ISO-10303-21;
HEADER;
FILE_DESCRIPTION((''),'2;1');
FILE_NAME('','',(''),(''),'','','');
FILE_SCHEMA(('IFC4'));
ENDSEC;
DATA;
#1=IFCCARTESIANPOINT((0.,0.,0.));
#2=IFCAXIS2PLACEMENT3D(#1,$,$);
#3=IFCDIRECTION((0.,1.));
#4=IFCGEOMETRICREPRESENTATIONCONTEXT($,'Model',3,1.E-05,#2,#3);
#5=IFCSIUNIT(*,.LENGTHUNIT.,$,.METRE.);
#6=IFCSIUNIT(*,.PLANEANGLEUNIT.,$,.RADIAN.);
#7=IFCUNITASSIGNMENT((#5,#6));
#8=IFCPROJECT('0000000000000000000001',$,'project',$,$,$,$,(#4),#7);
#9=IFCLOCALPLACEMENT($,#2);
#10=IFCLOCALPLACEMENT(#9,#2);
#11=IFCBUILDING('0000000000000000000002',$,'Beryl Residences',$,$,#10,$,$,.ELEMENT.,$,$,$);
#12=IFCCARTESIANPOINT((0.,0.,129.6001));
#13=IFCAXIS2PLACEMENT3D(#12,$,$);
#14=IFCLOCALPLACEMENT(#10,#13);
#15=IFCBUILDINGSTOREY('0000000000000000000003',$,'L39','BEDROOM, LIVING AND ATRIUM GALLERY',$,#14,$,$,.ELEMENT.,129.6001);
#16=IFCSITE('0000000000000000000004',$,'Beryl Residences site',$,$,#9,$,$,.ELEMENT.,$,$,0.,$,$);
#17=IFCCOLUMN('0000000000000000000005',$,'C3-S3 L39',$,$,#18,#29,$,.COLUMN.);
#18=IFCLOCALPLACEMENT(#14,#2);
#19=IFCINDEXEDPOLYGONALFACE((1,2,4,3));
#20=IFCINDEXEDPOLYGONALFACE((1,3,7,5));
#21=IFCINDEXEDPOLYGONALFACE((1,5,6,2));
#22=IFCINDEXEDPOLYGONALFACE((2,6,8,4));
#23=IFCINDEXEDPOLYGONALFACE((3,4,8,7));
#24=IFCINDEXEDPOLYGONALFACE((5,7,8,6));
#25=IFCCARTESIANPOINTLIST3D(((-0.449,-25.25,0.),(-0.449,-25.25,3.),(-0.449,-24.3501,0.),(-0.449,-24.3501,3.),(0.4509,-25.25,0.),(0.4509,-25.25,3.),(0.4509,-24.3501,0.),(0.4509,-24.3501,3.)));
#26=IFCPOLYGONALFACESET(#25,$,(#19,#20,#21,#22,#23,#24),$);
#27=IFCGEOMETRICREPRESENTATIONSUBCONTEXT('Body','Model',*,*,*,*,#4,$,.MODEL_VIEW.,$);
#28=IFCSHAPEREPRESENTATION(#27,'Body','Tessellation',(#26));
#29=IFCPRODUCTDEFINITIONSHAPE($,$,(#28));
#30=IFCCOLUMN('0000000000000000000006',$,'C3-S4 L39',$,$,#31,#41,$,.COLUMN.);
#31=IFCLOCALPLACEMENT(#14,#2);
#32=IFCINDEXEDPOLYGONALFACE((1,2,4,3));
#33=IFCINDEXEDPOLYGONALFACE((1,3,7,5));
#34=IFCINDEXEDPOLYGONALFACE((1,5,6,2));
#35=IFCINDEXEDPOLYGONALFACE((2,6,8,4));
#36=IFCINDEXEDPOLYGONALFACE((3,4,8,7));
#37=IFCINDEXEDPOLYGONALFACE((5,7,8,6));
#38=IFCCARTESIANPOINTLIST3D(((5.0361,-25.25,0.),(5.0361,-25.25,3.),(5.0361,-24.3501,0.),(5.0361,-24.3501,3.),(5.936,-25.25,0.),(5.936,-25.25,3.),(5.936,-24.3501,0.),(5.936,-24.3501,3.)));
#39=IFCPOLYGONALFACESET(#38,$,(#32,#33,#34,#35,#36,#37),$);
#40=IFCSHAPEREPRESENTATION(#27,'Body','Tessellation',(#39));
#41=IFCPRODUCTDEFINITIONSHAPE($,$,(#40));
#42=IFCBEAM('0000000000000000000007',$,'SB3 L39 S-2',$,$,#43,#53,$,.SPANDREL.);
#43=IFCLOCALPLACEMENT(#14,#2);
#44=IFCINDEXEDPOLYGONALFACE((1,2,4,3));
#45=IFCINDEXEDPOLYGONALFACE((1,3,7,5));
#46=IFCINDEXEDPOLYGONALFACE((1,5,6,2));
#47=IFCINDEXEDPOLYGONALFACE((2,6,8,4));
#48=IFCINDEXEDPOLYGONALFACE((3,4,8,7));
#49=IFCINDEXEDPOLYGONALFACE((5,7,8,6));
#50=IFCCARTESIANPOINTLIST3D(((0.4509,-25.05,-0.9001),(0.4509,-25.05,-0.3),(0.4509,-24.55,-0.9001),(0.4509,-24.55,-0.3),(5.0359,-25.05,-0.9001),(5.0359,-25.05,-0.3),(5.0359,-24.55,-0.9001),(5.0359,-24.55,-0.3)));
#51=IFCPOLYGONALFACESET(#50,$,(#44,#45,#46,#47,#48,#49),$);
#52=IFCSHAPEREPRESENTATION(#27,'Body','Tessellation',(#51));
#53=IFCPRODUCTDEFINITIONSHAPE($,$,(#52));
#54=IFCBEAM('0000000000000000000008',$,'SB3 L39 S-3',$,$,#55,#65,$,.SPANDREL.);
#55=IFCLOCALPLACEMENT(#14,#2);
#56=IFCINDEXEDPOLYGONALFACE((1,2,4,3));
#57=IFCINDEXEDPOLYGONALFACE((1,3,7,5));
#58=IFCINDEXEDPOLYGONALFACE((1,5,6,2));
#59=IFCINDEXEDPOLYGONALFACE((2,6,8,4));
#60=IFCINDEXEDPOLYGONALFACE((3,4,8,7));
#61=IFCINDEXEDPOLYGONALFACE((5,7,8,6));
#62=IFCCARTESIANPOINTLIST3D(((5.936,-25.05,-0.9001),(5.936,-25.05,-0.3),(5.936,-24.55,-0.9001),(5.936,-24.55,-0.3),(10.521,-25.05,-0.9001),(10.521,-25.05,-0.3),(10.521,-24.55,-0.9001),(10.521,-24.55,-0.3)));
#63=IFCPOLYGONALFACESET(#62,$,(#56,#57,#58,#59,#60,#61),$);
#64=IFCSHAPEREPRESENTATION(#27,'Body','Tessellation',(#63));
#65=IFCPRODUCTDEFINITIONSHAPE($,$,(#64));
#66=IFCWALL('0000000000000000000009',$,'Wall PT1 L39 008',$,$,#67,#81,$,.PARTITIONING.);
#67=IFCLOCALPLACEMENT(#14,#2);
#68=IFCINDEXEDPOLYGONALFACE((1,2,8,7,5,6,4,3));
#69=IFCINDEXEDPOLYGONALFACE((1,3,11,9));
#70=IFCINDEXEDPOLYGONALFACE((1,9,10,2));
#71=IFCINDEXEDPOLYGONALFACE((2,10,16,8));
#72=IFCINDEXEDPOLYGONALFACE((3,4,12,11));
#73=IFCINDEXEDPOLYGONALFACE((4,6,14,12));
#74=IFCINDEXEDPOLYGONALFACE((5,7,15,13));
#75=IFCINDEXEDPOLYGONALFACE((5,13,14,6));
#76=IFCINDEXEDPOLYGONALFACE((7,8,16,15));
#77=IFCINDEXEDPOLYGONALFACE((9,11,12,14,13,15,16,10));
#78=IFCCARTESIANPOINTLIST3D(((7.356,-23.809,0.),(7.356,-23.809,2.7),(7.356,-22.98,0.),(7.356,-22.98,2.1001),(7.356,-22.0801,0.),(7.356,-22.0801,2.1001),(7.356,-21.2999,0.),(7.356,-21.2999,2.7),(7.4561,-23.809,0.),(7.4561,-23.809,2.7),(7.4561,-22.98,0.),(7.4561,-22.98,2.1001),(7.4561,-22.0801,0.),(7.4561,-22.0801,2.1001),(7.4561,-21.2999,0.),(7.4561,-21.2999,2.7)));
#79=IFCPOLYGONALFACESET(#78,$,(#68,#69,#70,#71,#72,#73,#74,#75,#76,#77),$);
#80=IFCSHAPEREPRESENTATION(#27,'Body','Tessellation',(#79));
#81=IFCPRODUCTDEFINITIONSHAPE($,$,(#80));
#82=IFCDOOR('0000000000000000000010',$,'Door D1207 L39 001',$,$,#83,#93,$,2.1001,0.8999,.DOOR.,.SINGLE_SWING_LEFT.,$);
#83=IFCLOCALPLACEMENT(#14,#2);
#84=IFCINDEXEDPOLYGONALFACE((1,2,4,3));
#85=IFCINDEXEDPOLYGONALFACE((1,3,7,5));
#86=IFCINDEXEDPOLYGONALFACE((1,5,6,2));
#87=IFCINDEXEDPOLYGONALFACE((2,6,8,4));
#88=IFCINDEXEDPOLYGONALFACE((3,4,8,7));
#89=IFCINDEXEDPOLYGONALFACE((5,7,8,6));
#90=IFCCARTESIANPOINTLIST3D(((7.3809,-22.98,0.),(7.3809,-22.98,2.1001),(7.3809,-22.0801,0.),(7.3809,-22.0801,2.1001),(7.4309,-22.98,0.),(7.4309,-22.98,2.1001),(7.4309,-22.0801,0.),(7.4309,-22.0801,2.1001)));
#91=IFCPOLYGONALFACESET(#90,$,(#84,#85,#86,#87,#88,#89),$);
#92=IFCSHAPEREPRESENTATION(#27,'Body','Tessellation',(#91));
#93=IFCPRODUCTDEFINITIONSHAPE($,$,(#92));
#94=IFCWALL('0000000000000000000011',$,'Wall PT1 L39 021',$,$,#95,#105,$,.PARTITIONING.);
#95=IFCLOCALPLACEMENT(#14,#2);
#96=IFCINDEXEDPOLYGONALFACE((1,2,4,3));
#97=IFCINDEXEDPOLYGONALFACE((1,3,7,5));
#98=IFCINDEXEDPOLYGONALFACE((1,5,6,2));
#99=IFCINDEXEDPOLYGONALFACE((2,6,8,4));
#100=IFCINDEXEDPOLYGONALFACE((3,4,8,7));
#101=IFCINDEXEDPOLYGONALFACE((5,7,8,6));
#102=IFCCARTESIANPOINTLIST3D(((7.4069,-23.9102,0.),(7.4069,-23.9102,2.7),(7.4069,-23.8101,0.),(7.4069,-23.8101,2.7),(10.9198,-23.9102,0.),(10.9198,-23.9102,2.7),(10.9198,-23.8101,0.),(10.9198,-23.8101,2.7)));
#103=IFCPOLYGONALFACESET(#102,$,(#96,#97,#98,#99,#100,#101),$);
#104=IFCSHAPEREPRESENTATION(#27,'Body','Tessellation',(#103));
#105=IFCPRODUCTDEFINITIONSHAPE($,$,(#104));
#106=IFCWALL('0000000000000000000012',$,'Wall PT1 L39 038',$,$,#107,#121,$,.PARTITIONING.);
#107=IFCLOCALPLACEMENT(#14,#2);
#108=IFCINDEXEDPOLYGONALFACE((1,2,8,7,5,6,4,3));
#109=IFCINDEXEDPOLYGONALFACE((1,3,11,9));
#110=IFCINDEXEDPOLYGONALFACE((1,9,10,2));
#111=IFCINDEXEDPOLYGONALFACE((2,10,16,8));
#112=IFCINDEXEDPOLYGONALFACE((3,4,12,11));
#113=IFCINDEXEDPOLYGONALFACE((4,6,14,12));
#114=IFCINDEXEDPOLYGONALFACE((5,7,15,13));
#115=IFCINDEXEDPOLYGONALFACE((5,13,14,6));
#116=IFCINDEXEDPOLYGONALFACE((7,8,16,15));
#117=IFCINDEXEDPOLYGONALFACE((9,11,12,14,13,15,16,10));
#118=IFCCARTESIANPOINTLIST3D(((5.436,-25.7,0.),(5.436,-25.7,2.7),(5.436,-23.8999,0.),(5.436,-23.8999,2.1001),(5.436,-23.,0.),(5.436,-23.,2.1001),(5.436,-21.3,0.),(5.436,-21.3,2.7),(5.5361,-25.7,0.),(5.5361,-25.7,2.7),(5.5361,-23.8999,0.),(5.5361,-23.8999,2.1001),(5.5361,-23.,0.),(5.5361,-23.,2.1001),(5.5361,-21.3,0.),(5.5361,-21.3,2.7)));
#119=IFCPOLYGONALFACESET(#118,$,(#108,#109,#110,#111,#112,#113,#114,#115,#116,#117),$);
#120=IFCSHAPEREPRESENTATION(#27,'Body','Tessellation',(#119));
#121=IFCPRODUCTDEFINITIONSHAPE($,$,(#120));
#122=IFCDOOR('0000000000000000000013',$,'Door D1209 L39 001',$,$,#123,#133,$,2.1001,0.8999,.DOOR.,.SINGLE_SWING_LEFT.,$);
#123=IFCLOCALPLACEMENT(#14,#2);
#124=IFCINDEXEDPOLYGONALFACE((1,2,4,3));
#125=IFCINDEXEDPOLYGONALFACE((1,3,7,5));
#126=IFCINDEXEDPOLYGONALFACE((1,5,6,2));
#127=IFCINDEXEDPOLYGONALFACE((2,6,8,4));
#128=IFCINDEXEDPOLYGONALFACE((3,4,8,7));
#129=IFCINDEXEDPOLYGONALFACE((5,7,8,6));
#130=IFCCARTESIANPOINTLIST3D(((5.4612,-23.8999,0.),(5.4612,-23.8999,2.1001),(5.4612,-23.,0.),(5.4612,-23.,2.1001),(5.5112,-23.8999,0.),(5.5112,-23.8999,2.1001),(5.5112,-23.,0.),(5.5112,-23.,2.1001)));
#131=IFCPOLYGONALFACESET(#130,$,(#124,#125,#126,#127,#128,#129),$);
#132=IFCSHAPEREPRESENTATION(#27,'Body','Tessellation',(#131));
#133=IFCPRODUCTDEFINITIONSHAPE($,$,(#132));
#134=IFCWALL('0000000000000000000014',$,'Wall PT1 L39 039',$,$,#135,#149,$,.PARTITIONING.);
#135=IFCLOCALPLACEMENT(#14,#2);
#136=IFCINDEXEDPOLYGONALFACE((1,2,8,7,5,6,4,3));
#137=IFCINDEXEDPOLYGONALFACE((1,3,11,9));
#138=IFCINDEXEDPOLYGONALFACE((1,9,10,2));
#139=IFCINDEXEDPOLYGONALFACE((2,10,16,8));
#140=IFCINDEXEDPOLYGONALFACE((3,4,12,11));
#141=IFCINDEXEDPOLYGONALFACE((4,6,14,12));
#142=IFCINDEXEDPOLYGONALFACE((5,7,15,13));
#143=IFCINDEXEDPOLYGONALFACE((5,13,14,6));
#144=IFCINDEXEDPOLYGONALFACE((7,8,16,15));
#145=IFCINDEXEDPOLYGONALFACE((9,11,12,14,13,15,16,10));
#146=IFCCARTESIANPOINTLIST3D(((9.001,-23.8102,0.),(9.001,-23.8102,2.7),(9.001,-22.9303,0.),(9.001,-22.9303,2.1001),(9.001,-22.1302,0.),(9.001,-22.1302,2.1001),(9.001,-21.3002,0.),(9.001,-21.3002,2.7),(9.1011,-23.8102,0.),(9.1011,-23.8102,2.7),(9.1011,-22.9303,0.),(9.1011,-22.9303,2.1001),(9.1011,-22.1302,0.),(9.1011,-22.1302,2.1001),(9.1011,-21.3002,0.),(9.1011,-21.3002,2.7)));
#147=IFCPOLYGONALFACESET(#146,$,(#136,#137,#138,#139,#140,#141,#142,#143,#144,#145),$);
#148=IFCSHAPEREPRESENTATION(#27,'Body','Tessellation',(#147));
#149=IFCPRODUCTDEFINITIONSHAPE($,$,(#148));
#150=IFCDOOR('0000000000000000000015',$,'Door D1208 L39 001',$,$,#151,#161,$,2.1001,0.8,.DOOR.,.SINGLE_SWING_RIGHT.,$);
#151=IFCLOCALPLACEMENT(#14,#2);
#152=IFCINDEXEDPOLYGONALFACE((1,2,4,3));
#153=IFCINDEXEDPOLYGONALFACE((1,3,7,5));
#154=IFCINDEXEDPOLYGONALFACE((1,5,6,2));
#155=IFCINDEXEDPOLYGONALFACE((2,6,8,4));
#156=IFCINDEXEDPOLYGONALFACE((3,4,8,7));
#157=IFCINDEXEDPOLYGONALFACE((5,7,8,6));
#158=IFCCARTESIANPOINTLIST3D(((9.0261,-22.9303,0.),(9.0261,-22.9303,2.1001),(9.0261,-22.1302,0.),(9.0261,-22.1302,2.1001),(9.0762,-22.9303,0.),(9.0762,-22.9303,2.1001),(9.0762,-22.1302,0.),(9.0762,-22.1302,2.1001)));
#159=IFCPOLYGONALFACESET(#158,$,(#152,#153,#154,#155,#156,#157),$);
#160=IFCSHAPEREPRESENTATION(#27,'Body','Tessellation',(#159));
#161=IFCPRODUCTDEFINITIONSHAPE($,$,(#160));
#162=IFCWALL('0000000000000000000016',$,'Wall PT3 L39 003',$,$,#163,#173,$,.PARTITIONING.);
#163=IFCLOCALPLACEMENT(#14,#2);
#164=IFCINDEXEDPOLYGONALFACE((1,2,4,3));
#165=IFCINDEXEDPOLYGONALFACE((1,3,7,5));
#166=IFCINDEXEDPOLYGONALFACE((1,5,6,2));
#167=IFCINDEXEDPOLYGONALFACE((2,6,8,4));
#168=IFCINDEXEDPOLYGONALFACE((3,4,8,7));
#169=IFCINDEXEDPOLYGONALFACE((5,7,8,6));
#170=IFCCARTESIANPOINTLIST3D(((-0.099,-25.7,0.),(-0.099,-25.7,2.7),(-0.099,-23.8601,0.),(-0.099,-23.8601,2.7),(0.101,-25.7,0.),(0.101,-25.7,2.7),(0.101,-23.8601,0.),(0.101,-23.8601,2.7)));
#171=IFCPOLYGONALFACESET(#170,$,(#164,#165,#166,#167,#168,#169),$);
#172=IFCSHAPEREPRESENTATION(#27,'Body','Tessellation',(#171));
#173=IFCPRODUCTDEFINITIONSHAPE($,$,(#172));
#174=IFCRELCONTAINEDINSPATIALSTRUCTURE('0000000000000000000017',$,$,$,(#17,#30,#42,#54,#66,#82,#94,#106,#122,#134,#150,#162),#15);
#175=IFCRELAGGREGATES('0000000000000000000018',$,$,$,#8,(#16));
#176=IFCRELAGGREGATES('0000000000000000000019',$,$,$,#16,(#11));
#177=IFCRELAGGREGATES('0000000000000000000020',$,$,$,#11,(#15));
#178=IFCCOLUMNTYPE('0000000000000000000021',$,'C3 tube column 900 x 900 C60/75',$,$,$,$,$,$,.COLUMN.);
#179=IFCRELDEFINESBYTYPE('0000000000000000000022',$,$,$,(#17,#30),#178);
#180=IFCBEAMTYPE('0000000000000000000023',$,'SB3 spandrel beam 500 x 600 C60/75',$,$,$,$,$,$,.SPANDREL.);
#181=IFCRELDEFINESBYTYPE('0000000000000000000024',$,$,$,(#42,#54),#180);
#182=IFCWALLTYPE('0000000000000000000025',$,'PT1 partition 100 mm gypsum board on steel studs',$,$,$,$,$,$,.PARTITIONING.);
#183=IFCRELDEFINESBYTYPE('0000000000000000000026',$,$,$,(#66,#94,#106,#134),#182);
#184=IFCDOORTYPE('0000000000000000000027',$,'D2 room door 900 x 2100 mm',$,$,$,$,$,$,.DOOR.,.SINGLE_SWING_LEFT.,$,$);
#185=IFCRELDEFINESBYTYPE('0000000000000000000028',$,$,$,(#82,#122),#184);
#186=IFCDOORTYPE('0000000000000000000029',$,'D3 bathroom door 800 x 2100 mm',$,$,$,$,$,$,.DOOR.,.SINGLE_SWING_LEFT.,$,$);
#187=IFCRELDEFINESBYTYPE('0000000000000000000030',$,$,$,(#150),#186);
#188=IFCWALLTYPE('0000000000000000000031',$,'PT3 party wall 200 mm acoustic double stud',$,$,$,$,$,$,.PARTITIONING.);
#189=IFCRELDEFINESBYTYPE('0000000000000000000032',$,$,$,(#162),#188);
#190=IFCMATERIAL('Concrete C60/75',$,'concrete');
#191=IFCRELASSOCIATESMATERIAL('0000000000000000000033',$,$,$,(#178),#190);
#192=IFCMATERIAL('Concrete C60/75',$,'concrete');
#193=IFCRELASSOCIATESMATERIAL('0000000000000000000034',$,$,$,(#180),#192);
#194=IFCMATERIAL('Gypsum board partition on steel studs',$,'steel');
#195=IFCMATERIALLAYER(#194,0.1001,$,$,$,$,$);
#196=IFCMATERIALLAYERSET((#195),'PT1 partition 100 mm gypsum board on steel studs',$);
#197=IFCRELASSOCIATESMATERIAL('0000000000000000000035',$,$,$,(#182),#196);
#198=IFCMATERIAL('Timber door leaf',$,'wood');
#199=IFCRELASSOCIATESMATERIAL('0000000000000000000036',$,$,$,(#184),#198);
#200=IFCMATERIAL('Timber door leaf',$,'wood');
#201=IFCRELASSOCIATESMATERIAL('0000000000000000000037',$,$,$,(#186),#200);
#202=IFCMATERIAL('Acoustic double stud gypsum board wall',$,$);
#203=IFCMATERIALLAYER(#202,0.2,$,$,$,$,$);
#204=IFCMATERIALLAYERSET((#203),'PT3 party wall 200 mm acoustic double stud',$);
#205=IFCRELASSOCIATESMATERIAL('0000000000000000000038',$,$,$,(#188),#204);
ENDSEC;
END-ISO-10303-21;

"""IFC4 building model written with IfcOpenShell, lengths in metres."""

from ifc_helpers import new_model, si_unit, direction, frame, frame_2d, origin, origin_2d, place, context, subcontext, project, spatial, rectangle, extrude, material, layer, layer_set, material_profile, profile_set, type_object, element, fill, save


model = new_model("IFC4")

# Units and contexts
model_context = context("Model", 3, precision=1e-05, world=origin(), true_north=direction((0.0, 1.0)))
body_context = subcontext(model_context, "Body", "Model", "MODEL_VIEW")
ifc_project = project(units=[si_unit("LENGTHUNIT", "METRE"), si_unit("PLANEANGLEUNIT", "RADIAN")], contexts=[model_context])

# Site, building, storey
site_placement = place(None, origin())
site = spatial("IfcSite", under=ifc_project, at=site_placement, Name="Beryl Residences site", CompositionType="ELEMENT", RefElevation=0.0)
building_placement = place(site_placement, origin())
building = spatial("IfcBuilding", under=site, at=building_placement, Name="Beryl Residences", CompositionType="ELEMENT")
storey_placement = place(building_placement, frame((0.0, 0.0, 129.6001)))
storey = spatial("IfcBuildingStorey", under=building, at=storey_placement, Name="L39", Description="BEDROOM, LIVING AND ATRIUM GALLERY", CompositionType="ELEMENT", Elevation=129.6001)

# Columns
ifc_material_1 = material(Name="Concrete C60/75", Category="concrete")
ifc_material_profile_1 = material_profile(ifc_material_1, rectangle(XDim=0.8999, YDim=0.8999, at=origin_2d()))
ifc_profile_set_1 = profile_set([ifc_material_profile_1], Name="Concrete C60/75")
column_type = type_object("IfcColumnType", Name="C3 tube column 900 x 900 C60/75", PredefinedType="COLUMN", material=ifc_profile_set_1)
for number, where, z_axis, x_axis, name in (
    (1, (0.001, -24.8, 0.0), (0.0, 0.0, 1.0), (1.0, 0.0, 0.0), "C3-S3 L39"),
    (2, (5.4861, -24.8, 0.0), (0.0, 0.0, 1.0), (1.0, 0.0, 0.0), "C3-S4 L39"),
):
    element("IfcColumn", number, at=place(storey_placement, frame(where, z_axis=z_axis, x_axis=x_axis)), inside=storey, type_object=column_type, Name=name, PredefinedType="COLUMN", context=body_context, shape_type="SweptSolid", body=[
        extrude(rectangle(XDim=0.8999, YDim=0.8999, at=origin_2d()), origin(), (0.0, 0.0, 1.0), 3.0),
    ])

# Beams
ifc_material_2 = material(Name="Concrete C60/75", Category="concrete")
ifc_material_profile_2 = material_profile(ifc_material_2, rectangle(XDim=0.5, YDim=0.6001, at=origin_2d()))
ifc_profile_set_2 = profile_set([ifc_material_profile_2], Name="Concrete C60/75")
beam_type = type_object("IfcBeamType", Name="SB3 spandrel beam 500 x 600 C60/75", PredefinedType="SPANDREL", material=ifc_profile_set_2)
for number, where, z_axis, x_axis, name in (
    (3, (0.4509, -24.8, -0.6001), (1.0, 0.0, 0.0), (0.0, 1.0, 0.0), "SB3 L39 S-2"),
    (4, (5.936, -24.8, -0.6001), (1.0, 0.0, 0.0), (0.0, 1.0, 0.0), "SB3 L39 S-3"),
):
    element("IfcBeam", number, at=place(storey_placement, frame(where, z_axis=z_axis, x_axis=x_axis)), inside=storey, type_object=beam_type, Name=name, PredefinedType="SPANDREL", context=body_context, shape_type="SweptSolid", body=[
        extrude(rectangle(XDim=0.5, YDim=0.6001, at=origin_2d()), origin(), (0.0, 0.0, 1.0), 4.585),
    ])

# Wall, opening, door
ifc_material_3 = material(Name="Gypsum board partition on steel studs", Category="steel")
ifc_layer_1 = layer(ifc_material_3, 0.1001)
ifc_layer_set_1 = layer_set([ifc_layer_1], Name="PT1 partition 100 mm gypsum board on steel studs")
wall_type_1 = type_object("IfcWallType", Name="PT1 partition 100 mm gypsum board on steel studs", PredefinedType="PARTITIONING", material=ifc_layer_set_1)
wall_1_placement = place(storey_placement, frame((7.406, -21.3, 0.0), z_axis=(0.0, 0.0, 1.0), x_axis=(0.0, -1.0, 0.0)))
wall_1 = element("IfcWall", 5, at=wall_1_placement, inside=storey, type_object=wall_type_1, Name="Wall PT1 L39 008", PredefinedType="PARTITIONING", context=body_context, shape_type="SweptSolid", body=[
    extrude(rectangle(XDim=2.509, YDim=0.1001, at=frame_2d((1.2544, 0.0))), origin(), (0.0, 0.0, 1.0), 2.7),
])
opening_1_placement = place(wall_1_placement, frame((0.78, 0.0, 0.0)))
opening_1 = element("IfcOpeningElement", 6, at=opening_1_placement, cuts=wall_1, PredefinedType="OPENING", context=body_context, shape_type="SweptSolid", body=[
    extrude(rectangle(XDim=0.8999, YDim=2.1001, at=frame_2d((0.45, 1.05))), frame((0.0, 0.0601, 0.0), z_axis=(0.0, -1.0, 0.0), x_axis=(1.0, 0.0, 0.0)), (0.0, 0.0, 1.0), 0.1201),
])
ifc_material_4 = material(Name="Timber door leaf", Category="wood")
door_type_1 = type_object("IfcDoorType", Name="D2 room door 900 x 2100 mm", OperationType="SINGLE_SWING_LEFT", PredefinedType="DOOR", material=ifc_material_4)
door_1_placement = place(opening_1_placement, origin())
door_1 = element("IfcDoor", 7, at=door_1_placement, inside=storey, type_object=door_type_1, Name="Door D1207 L39 001", OperationType="SINGLE_SWING_LEFT", OverallHeight=2.1001, OverallWidth=0.8999, PredefinedType="DOOR", context=body_context, shape_type="SweptSolid", body=[
    extrude(rectangle(XDim=0.8999, YDim=2.1001, at=frame_2d((0.45, 1.05))), frame((0.0, 0.0249, 0.0), z_axis=(0.0, -1.0, 0.0), x_axis=(1.0, 0.0, 0.0)), (0.0, 0.0, 1.0), 0.05),
])
fill(opening_1, door_1)

# Wall
wall_2_placement = place(storey_placement, frame((7.407, -23.8601, 0.0), z_axis=(0.0, 0.0, 1.0), x_axis=(1.0, 0.0, 0.0)))
element("IfcWall", 8, at=wall_2_placement, inside=storey, type_object=wall_type_1, Name="Wall PT1 L39 021", PredefinedType="PARTITIONING", context=body_context, shape_type="SweptSolid", body=[
    extrude(rectangle(XDim=3.5129, YDim=0.1001, at=frame_2d((1.7563, 0.0))), origin(), (0.0, 0.0, 1.0), 2.7),
])

# Walls, openings, doors
wall_3_placement = place(storey_placement, frame((5.4861, -25.7, 0.0), z_axis=(0.0, 0.0, 1.0), x_axis=(0.0, 1.0, 0.0)))
wall_3 = element("IfcWall", 9, at=wall_3_placement, inside=storey, type_object=wall_type_1, Name="Wall PT1 L39 038", PredefinedType="PARTITIONING", context=body_context, shape_type="SweptSolid", body=[
    extrude(rectangle(XDim=4.3999, YDim=0.1001, at=frame_2d((2.2, 0.0))), origin(), (0.0, 0.0, 1.0), 2.7),
])
opening_2_placement = place(wall_3_placement, frame((1.8, 0.0, 0.0)))
opening_2 = element("IfcOpeningElement", 10, at=opening_2_placement, cuts=wall_3, PredefinedType="OPENING", context=body_context, shape_type="SweptSolid", body=[
    extrude(rectangle(XDim=0.8999, YDim=2.1001, at=frame_2d((0.45, 1.05))), frame((0.0, 0.0601, 0.0), z_axis=(0.0, -1.0, 0.0), x_axis=(1.0, 0.0, 0.0)), (0.0, 0.0, 1.0), 0.1201),
])
door_2_placement = place(opening_2_placement, origin())
door_2 = element("IfcDoor", 11, at=door_2_placement, inside=storey, type_object=door_type_1, Name="Door D1209 L39 001", OperationType="SINGLE_SWING_LEFT", OverallHeight=2.1001, OverallWidth=0.8999, PredefinedType="DOOR", context=body_context, shape_type="SweptSolid", body=[
    extrude(rectangle(XDim=0.8999, YDim=2.1001, at=frame_2d((0.45, 1.05))), frame((0.0, 0.0249, 0.0), z_axis=(0.0, -1.0, 0.0), x_axis=(1.0, 0.0, 0.0)), (0.0, 0.0, 1.0), 0.05),
])
fill(opening_2, door_2)
wall_4_placement = place(storey_placement, frame((9.051, -23.8101, 0.0), z_axis=(0.0, 0.0, 1.0), x_axis=(0.0, 1.0, 0.0)))
wall_4 = element("IfcWall", 12, at=wall_4_placement, inside=storey, type_object=wall_type_1, Name="Wall PT1 L39 039", PredefinedType="PARTITIONING", context=body_context, shape_type="SweptSolid", body=[
    extrude(rectangle(XDim=2.51, YDim=0.1001, at=frame_2d((1.2549, 0.0))), origin(), (0.0, 0.0, 1.0), 2.7),
])
opening_3_placement = place(wall_4_placement, frame((0.8799, 0.0, 0.0)))
opening_3 = element("IfcOpeningElement", 13, at=opening_3_placement, cuts=wall_4, PredefinedType="OPENING", context=body_context, shape_type="SweptSolid", body=[
    extrude(rectangle(XDim=0.8, YDim=2.1001, at=frame_2d((0.3999, 1.05))), frame((0.0, 0.0601, 0.0), z_axis=(0.0, -1.0, 0.0), x_axis=(1.0, 0.0, 0.0)), (0.0, 0.0, 1.0), 0.1201),
])
ifc_material_5 = material(Name="Timber door leaf", Category="wood")
door_type_2 = type_object("IfcDoorType", Name="D3 bathroom door 800 x 2100 mm", OperationType="SINGLE_SWING_LEFT", PredefinedType="DOOR", material=ifc_material_5)
door_3_placement = place(opening_3_placement, origin())
door_3 = element("IfcDoor", 14, at=door_3_placement, inside=storey, type_object=door_type_2, Name="Door D1208 L39 001", OperationType="SINGLE_SWING_RIGHT", OverallHeight=2.1001, OverallWidth=0.8, PredefinedType="DOOR", context=body_context, shape_type="SweptSolid", body=[
    extrude(rectangle(XDim=0.8, YDim=2.1001, at=frame_2d((0.3999, 1.05))), frame((0.0, 0.0249, 0.0), z_axis=(0.0, -1.0, 0.0), x_axis=(1.0, 0.0, 0.0)), (0.0, 0.0, 1.0), 0.05),
])
fill(opening_3, door_3)

# Wall
ifc_material_6 = material(Name="Acoustic double stud gypsum board wall")
ifc_layer_2 = layer(ifc_material_6, 0.2)
ifc_layer_set_2 = layer_set([ifc_layer_2], Name="PT3 party wall 200 mm acoustic double stud")
wall_type_2 = type_object("IfcWallType", Name="PT3 party wall 200 mm acoustic double stud", PredefinedType="PARTITIONING", material=ifc_layer_set_2)
wall_5_placement = place(storey_placement, frame((0.001, -23.8601, 0.0), z_axis=(0.0, 0.0, 1.0), x_axis=(0.0, -1.0, 0.0)))
element("IfcWall", 15, at=wall_5_placement, inside=storey, type_object=wall_type_2, Name="Wall PT3 L39 003", PredefinedType="PARTITIONING", context=body_context, shape_type="SweptSolid", body=[
    extrude(rectangle(XDim=1.8398, YDim=0.2, at=frame_2d((0.9199, 0.0))), origin(), (0.0, 0.0, 1.0), 2.7),
])

save(model, "model.ifc")
